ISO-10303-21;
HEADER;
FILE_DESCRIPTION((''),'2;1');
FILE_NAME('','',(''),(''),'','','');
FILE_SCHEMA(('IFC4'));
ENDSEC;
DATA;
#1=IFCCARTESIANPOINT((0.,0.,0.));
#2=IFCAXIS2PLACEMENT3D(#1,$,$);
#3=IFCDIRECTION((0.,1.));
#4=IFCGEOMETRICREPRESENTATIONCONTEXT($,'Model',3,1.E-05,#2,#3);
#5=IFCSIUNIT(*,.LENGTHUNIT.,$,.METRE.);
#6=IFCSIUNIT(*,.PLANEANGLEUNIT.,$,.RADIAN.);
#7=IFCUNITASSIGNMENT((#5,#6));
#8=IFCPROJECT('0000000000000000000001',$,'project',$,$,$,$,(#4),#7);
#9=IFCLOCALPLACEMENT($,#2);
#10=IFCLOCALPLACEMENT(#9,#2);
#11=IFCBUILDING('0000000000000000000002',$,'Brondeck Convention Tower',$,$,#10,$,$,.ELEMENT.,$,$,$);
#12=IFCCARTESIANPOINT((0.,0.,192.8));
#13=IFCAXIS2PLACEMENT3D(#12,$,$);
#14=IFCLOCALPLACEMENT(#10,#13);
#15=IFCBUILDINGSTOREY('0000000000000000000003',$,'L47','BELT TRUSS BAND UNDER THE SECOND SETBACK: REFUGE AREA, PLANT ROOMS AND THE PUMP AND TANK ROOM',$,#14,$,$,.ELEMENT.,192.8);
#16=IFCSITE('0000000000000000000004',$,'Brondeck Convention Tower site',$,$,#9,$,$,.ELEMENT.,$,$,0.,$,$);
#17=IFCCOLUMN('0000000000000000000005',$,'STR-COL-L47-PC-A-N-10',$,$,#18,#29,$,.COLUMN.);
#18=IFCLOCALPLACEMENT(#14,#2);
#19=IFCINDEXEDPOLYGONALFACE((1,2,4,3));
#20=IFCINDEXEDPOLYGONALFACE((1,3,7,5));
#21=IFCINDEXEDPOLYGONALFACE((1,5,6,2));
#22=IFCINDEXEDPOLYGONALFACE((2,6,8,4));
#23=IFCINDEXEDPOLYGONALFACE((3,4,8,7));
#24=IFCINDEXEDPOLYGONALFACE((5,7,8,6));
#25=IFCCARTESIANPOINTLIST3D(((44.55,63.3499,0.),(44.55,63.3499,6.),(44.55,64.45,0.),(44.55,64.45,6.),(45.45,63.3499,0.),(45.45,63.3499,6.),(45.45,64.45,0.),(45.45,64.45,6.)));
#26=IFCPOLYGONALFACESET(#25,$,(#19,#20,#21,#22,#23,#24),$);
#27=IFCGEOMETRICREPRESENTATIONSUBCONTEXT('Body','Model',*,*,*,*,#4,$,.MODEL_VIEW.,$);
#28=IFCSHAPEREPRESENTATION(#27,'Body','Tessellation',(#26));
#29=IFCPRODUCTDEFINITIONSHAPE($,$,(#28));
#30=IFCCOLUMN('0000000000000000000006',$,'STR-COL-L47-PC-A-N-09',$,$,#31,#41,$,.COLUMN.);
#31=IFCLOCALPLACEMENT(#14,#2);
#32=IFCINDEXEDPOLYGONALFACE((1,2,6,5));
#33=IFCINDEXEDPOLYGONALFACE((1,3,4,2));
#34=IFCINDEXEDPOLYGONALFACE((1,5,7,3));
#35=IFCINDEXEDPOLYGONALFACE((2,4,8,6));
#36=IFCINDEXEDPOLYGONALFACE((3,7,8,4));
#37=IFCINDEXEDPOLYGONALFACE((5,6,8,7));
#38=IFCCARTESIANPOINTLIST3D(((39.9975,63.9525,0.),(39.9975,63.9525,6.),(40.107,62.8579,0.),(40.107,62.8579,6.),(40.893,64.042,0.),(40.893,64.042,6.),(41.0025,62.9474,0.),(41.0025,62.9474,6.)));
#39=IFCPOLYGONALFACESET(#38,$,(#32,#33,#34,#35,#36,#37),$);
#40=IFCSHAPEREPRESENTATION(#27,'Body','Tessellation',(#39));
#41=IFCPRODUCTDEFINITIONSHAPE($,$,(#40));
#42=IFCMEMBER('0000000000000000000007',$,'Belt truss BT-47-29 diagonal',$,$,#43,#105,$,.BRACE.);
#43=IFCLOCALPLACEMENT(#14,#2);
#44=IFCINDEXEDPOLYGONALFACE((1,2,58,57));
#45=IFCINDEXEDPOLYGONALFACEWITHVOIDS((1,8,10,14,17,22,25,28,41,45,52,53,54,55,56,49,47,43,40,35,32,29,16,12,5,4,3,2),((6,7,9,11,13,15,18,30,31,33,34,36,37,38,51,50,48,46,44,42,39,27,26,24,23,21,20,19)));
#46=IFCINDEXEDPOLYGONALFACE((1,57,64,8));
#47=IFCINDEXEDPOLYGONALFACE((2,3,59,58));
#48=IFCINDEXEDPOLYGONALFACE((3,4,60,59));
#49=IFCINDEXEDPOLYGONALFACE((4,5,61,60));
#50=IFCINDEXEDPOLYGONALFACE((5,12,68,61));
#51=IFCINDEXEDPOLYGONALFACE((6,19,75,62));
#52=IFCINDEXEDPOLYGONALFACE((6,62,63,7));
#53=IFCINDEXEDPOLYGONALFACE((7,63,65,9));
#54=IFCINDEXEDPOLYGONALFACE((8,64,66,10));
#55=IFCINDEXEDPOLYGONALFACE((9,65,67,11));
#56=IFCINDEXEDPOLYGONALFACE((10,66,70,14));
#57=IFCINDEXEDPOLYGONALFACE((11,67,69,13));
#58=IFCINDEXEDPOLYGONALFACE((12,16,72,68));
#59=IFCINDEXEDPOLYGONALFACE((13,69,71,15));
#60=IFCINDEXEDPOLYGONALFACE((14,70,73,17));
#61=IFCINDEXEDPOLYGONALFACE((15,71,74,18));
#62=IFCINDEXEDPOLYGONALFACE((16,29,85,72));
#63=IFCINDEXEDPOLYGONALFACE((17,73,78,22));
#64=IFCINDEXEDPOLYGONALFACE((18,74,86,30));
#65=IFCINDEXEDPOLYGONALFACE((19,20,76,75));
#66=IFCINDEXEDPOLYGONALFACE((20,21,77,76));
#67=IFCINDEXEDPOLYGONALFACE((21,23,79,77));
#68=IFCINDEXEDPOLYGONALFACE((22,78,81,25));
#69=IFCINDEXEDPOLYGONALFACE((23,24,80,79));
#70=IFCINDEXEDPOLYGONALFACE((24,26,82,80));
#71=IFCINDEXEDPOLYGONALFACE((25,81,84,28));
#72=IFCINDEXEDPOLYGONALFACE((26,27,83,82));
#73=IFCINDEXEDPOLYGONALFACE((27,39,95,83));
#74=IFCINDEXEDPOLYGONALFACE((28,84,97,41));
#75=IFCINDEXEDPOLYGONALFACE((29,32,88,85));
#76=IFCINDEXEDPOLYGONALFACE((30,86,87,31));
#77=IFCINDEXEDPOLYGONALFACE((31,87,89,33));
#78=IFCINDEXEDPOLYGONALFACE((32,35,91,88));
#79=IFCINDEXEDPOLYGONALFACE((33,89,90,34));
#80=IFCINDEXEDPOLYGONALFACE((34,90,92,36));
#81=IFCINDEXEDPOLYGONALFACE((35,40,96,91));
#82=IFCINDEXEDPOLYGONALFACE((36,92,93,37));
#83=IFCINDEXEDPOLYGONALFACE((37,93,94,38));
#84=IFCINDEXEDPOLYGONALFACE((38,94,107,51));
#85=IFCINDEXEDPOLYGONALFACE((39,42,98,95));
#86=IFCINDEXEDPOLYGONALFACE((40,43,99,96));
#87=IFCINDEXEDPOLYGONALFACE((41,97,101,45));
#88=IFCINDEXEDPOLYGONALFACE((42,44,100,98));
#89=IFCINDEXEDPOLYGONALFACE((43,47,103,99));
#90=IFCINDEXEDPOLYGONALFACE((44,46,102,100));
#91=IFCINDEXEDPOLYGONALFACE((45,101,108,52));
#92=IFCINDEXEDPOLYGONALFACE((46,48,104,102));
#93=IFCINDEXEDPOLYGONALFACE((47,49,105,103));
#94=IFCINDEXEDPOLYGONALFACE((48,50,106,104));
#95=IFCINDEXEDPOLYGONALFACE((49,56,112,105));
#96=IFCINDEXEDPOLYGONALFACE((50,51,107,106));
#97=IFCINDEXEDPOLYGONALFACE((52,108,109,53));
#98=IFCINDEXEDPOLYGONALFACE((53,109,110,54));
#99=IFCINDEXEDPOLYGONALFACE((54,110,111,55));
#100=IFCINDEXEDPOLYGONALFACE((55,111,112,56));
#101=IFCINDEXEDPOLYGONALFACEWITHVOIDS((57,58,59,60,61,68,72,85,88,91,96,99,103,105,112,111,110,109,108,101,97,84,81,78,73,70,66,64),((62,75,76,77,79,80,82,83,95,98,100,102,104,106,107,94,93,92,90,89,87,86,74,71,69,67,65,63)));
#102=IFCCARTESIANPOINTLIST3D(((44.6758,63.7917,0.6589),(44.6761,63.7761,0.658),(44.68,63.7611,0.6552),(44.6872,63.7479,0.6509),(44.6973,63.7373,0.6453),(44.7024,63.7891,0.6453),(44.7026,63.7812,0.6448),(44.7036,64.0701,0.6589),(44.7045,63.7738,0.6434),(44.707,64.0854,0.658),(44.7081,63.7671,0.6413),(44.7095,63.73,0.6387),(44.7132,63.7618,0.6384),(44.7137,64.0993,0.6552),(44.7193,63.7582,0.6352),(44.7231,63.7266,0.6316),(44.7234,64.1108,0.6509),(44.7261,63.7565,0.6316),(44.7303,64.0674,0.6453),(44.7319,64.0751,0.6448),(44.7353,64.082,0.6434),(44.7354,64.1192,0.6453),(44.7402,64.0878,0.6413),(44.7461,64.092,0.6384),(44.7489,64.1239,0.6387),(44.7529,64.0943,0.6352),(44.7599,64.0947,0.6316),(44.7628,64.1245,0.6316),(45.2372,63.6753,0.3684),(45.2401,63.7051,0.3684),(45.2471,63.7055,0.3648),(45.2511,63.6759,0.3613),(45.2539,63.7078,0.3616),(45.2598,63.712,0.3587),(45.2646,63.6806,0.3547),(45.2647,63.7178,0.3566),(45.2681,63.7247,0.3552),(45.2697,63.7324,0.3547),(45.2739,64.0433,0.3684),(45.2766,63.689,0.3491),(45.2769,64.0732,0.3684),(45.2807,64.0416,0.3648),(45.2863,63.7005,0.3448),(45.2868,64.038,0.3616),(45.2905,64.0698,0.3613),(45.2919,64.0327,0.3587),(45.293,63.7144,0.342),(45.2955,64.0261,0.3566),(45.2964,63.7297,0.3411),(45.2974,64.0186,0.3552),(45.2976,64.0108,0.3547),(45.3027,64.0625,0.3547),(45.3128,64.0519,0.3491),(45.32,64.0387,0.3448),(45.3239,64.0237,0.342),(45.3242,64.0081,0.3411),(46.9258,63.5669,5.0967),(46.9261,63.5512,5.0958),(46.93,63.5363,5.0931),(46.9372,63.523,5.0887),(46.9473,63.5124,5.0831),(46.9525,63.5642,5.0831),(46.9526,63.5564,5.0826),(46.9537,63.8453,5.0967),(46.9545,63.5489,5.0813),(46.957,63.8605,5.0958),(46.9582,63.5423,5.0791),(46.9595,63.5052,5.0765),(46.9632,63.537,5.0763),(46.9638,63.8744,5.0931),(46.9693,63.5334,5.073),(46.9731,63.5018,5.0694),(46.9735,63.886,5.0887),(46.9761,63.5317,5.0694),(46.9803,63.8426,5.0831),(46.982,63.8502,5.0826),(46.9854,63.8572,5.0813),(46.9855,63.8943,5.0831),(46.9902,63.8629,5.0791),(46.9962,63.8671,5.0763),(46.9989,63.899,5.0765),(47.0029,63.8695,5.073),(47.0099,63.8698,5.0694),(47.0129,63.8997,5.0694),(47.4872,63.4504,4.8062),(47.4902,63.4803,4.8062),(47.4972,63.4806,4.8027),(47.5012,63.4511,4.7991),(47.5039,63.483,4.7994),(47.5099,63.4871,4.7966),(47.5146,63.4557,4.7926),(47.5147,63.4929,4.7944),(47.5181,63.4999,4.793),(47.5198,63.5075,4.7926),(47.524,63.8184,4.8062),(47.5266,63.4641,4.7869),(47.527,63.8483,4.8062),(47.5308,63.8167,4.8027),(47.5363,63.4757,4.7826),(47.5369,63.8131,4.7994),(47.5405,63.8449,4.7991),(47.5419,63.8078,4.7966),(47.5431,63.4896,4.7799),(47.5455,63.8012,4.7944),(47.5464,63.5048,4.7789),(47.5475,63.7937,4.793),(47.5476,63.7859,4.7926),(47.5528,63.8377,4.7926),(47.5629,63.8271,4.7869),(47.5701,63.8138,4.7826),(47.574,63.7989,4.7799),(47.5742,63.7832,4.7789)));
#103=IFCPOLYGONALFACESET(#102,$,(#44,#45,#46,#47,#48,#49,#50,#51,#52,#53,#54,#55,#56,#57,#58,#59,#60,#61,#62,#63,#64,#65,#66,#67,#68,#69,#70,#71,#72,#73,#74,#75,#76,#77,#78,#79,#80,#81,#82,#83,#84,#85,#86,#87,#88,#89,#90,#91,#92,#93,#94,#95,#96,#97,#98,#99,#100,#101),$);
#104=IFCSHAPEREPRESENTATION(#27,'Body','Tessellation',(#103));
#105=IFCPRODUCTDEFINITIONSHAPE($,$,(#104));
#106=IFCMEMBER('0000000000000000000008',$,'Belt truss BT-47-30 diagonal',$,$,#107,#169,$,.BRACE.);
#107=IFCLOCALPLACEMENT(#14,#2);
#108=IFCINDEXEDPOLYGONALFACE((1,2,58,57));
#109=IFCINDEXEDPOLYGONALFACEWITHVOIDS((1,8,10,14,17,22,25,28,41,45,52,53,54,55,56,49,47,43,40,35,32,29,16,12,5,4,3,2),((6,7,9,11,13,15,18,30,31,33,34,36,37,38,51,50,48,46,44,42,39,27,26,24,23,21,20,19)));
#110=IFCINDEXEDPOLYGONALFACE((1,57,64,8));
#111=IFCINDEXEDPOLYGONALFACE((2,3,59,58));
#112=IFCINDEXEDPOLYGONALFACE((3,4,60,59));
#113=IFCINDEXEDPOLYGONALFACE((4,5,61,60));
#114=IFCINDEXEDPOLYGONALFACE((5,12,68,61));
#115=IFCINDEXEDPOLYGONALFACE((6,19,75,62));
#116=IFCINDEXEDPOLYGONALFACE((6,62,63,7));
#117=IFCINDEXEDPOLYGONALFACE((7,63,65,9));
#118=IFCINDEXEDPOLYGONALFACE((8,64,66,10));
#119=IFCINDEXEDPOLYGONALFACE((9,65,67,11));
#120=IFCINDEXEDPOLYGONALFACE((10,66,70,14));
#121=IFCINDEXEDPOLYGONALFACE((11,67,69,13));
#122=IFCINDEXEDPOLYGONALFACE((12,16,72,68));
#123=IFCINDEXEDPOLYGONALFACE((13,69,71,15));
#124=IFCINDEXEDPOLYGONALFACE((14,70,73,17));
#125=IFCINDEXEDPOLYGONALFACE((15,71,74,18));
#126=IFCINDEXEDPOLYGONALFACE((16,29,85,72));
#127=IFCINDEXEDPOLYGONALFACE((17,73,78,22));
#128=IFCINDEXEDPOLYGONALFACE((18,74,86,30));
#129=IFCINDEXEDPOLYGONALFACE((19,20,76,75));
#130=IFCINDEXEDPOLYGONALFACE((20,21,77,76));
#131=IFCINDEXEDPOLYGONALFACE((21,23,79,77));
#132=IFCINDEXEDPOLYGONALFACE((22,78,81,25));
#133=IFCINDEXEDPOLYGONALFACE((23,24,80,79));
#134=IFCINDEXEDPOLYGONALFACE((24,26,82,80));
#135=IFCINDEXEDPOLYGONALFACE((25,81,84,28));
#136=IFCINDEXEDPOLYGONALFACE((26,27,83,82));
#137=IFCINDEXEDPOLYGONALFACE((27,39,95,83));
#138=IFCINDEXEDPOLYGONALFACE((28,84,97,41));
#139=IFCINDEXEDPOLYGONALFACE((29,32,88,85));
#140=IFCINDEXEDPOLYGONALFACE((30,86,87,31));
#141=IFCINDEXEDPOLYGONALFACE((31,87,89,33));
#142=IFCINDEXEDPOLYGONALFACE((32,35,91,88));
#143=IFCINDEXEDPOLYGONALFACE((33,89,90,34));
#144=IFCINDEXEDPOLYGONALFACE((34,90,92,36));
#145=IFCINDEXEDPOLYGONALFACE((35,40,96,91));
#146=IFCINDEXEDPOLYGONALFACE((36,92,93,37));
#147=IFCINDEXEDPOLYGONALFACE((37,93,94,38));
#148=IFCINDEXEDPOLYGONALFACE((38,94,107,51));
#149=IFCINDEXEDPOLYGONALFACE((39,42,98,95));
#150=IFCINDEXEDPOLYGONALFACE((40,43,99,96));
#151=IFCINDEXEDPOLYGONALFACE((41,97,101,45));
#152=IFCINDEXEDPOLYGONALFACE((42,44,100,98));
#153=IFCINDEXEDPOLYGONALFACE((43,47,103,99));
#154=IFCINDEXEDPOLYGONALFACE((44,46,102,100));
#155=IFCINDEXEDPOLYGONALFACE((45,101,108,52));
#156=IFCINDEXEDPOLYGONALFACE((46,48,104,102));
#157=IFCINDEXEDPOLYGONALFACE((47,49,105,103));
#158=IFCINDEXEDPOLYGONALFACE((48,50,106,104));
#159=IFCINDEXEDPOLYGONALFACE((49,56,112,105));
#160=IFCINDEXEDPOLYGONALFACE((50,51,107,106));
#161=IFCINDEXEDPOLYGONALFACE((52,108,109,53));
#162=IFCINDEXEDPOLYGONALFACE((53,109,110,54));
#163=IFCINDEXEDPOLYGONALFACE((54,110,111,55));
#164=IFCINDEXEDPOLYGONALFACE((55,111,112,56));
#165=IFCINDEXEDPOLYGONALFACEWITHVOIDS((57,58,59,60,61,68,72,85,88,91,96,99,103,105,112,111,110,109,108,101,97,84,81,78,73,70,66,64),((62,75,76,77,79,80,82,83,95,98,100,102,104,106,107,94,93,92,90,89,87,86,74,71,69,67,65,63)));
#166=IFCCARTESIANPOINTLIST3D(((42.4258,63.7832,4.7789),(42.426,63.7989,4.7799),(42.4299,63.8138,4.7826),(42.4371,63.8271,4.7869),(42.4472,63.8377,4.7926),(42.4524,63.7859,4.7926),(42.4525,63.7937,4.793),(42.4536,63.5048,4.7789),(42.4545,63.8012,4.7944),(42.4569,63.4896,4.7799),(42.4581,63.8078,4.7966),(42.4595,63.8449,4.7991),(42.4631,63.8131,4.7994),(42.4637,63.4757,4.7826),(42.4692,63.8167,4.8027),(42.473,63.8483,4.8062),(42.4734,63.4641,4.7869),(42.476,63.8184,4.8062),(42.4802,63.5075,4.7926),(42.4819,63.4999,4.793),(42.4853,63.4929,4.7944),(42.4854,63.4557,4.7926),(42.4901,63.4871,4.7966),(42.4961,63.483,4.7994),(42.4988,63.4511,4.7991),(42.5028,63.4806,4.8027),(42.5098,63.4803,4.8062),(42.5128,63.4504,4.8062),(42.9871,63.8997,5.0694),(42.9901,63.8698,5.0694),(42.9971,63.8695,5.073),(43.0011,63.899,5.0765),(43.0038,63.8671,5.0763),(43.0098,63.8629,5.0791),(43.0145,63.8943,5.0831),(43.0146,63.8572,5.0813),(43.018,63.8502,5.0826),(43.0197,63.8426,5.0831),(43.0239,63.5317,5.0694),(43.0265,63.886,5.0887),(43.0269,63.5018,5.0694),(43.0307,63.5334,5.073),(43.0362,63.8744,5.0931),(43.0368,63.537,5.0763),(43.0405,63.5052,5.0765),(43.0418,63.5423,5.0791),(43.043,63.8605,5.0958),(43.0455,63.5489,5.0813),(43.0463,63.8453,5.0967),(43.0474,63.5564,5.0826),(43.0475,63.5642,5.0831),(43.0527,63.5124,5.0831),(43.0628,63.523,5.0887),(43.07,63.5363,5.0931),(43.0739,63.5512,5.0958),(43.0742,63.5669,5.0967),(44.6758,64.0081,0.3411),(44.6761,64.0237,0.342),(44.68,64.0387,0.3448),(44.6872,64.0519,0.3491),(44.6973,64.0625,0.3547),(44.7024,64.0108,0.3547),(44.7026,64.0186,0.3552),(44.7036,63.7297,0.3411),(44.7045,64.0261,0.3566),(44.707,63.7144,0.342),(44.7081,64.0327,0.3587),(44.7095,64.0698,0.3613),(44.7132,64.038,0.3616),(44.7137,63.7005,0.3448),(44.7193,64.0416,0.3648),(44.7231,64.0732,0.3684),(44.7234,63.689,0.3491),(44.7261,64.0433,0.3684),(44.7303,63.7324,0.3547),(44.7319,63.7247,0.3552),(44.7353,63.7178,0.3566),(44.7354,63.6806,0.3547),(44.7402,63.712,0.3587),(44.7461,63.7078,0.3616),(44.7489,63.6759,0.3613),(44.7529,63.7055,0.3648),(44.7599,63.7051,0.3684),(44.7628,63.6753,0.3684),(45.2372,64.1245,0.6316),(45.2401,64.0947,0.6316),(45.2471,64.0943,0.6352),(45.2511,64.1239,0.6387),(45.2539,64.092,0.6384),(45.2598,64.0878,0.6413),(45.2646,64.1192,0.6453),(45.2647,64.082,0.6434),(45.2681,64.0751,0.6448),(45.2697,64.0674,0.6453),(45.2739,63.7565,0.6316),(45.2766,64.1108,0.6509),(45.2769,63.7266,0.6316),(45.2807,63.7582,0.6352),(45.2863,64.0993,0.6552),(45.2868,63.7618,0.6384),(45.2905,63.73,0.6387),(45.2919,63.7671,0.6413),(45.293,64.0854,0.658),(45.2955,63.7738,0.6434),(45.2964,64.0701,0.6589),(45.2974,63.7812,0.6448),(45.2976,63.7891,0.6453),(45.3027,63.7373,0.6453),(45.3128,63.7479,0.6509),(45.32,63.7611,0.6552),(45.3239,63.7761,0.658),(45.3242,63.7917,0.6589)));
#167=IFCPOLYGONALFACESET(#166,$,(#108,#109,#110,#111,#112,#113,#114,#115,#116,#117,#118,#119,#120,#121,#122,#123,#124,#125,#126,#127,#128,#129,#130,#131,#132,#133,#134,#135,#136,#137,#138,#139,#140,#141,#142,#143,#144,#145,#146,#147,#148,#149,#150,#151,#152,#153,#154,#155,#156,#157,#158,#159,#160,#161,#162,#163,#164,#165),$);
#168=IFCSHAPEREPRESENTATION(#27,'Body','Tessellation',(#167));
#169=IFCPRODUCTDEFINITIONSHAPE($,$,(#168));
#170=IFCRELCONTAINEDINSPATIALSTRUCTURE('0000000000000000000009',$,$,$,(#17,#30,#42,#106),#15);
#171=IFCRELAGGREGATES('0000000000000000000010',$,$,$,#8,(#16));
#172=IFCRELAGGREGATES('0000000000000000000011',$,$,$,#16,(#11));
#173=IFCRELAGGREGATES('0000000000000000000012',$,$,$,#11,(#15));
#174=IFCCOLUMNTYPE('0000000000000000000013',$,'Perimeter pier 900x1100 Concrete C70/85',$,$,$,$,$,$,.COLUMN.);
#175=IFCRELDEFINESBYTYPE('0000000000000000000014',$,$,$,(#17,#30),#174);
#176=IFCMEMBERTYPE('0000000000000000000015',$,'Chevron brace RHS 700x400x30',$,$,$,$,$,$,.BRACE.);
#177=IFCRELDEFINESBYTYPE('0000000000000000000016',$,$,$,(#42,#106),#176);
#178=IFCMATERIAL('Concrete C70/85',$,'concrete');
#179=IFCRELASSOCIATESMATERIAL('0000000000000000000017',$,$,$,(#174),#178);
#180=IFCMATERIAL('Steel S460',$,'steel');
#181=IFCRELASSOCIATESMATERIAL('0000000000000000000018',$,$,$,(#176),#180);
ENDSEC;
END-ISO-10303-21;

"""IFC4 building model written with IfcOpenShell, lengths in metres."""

from ifc_helpers import new_model, si_unit, direction, frame, origin, origin_2d, place, context, subcontext, project, spatial, rectangle, hollow_rectangle, extrude, material, material_profile, profile_set, type_object, element, save


model = new_model("IFC4")

# Units and contexts
model_context = context("Model", 3, precision=1e-05, world=origin(), true_north=direction((0.0, 1.0)))
body_context = subcontext(model_context, "Body", "Model", "MODEL_VIEW")
ifc_project = project(units=[si_unit("LENGTHUNIT", "METRE"), si_unit("PLANEANGLEUNIT", "RADIAN")], contexts=[model_context])

# Site, building, storey
site_placement = place(None, origin())
site = spatial("IfcSite", under=ifc_project, at=site_placement, Name="Brondeck Convention Tower site", CompositionType="ELEMENT", RefElevation=0.0)
building_placement = place(site_placement, origin())
building = spatial("IfcBuilding", under=site, at=building_placement, Name="Brondeck Convention Tower", CompositionType="ELEMENT")
storey_placement = place(building_placement, frame((0.0, 0.0, 192.8)))
storey = spatial("IfcBuildingStorey", under=building, at=storey_placement, Name="L47", Description="BELT TRUSS BAND UNDER THE SECOND SETBACK: REFUGE AREA, PLANT ROOMS AND THE PUMP AND TANK ROOM", CompositionType="ELEMENT", Elevation=192.8)

# Columns
ifc_material_1 = material(Name="Concrete C70/85", Category="concrete")
ifc_material_profile_1 = material_profile(ifc_material_1, rectangle(XDim=0.8999, YDim=1.1001, at=origin_2d()), Name="Perimeter pier 900x1100 Concrete C70/85")
ifc_profile_set_1 = profile_set([ifc_material_profile_1], Name="Concrete C70/85")
column_type = type_object("IfcColumnType", Name="Perimeter pier 900x1100 Concrete C70/85", PredefinedType="COLUMN", material=ifc_profile_set_1)
for number, where, z_axis, x_axis, name in (
    (1, (45.0, 63.8999, 0.0), (0.0, 0.0, 1.0), (-1.0, 0.0, 0.0), "STR-COL-L47-PC-A-N-10"),
    (2, (40.5, 63.45, 0.0), (0.0, 0.0, 1.0), (-0.995037, -0.099504, 0.0), "STR-COL-L47-PC-A-N-09"),
):
    element("IfcColumn", number, at=place(storey_placement, frame(where, z_axis=z_axis, x_axis=x_axis)), inside=storey, type_object=column_type, Name=name, PredefinedType="COLUMN", context=body_context, shape_type="SweptSolid", body=[
        extrude(rectangle(XDim=0.8999, YDim=1.1001, at=origin_2d()), origin(), (0.0, 0.0, 1.0), 6.0),
    ])

# Members
ifc_material_2 = material(Name="Steel S460", Category="steel")
ifc_material_profile_2 = material_profile(ifc_material_2, hollow_rectangle(XDim=0.3999, YDim=0.7, WallThickness=0.03, InnerFilletRadius=0.03, OuterFilletRadius=0.0601, at=origin_2d()), Name="RHS 700x400x30")
ifc_profile_set_2 = profile_set([ifc_material_profile_2], Name="Steel S460")
member_type_1 = type_object("IfcMemberType", Name="Chevron brace RHS 700x400x30", PredefinedType="BRACE", material=ifc_profile_set_2)
for number, where, z_axis, x_axis, name in (
    (3, (45.0, 63.8999, 0.5), (0.45175, -0.045146, 0.891001), (0.09944, 0.995044, 0.0), "Belt truss BT-47-29 diagonal"),
    (4, (45.0, 63.8999, 0.5), (-0.45175, -0.045146, 0.891001), (0.09944, -0.995044, 0.0), "Belt truss BT-47-30 diagonal"),
):
    element("IfcMember", number, at=place(storey_placement, frame(where, z_axis=z_axis, x_axis=x_axis)), inside=storey, type_object=member_type_1, Name=name, PredefinedType="BRACE", context=body_context, shape_type="SweptSolid", body=[
        extrude(hollow_rectangle(XDim=0.3999, YDim=0.7, WallThickness=0.03, InnerFilletRadius=0.03, OuterFilletRadius=0.0601, at=origin_2d()), origin(), (0.0, 0.0, 1.0), 4.9807),
    ])

save(model, "model.ifc")
